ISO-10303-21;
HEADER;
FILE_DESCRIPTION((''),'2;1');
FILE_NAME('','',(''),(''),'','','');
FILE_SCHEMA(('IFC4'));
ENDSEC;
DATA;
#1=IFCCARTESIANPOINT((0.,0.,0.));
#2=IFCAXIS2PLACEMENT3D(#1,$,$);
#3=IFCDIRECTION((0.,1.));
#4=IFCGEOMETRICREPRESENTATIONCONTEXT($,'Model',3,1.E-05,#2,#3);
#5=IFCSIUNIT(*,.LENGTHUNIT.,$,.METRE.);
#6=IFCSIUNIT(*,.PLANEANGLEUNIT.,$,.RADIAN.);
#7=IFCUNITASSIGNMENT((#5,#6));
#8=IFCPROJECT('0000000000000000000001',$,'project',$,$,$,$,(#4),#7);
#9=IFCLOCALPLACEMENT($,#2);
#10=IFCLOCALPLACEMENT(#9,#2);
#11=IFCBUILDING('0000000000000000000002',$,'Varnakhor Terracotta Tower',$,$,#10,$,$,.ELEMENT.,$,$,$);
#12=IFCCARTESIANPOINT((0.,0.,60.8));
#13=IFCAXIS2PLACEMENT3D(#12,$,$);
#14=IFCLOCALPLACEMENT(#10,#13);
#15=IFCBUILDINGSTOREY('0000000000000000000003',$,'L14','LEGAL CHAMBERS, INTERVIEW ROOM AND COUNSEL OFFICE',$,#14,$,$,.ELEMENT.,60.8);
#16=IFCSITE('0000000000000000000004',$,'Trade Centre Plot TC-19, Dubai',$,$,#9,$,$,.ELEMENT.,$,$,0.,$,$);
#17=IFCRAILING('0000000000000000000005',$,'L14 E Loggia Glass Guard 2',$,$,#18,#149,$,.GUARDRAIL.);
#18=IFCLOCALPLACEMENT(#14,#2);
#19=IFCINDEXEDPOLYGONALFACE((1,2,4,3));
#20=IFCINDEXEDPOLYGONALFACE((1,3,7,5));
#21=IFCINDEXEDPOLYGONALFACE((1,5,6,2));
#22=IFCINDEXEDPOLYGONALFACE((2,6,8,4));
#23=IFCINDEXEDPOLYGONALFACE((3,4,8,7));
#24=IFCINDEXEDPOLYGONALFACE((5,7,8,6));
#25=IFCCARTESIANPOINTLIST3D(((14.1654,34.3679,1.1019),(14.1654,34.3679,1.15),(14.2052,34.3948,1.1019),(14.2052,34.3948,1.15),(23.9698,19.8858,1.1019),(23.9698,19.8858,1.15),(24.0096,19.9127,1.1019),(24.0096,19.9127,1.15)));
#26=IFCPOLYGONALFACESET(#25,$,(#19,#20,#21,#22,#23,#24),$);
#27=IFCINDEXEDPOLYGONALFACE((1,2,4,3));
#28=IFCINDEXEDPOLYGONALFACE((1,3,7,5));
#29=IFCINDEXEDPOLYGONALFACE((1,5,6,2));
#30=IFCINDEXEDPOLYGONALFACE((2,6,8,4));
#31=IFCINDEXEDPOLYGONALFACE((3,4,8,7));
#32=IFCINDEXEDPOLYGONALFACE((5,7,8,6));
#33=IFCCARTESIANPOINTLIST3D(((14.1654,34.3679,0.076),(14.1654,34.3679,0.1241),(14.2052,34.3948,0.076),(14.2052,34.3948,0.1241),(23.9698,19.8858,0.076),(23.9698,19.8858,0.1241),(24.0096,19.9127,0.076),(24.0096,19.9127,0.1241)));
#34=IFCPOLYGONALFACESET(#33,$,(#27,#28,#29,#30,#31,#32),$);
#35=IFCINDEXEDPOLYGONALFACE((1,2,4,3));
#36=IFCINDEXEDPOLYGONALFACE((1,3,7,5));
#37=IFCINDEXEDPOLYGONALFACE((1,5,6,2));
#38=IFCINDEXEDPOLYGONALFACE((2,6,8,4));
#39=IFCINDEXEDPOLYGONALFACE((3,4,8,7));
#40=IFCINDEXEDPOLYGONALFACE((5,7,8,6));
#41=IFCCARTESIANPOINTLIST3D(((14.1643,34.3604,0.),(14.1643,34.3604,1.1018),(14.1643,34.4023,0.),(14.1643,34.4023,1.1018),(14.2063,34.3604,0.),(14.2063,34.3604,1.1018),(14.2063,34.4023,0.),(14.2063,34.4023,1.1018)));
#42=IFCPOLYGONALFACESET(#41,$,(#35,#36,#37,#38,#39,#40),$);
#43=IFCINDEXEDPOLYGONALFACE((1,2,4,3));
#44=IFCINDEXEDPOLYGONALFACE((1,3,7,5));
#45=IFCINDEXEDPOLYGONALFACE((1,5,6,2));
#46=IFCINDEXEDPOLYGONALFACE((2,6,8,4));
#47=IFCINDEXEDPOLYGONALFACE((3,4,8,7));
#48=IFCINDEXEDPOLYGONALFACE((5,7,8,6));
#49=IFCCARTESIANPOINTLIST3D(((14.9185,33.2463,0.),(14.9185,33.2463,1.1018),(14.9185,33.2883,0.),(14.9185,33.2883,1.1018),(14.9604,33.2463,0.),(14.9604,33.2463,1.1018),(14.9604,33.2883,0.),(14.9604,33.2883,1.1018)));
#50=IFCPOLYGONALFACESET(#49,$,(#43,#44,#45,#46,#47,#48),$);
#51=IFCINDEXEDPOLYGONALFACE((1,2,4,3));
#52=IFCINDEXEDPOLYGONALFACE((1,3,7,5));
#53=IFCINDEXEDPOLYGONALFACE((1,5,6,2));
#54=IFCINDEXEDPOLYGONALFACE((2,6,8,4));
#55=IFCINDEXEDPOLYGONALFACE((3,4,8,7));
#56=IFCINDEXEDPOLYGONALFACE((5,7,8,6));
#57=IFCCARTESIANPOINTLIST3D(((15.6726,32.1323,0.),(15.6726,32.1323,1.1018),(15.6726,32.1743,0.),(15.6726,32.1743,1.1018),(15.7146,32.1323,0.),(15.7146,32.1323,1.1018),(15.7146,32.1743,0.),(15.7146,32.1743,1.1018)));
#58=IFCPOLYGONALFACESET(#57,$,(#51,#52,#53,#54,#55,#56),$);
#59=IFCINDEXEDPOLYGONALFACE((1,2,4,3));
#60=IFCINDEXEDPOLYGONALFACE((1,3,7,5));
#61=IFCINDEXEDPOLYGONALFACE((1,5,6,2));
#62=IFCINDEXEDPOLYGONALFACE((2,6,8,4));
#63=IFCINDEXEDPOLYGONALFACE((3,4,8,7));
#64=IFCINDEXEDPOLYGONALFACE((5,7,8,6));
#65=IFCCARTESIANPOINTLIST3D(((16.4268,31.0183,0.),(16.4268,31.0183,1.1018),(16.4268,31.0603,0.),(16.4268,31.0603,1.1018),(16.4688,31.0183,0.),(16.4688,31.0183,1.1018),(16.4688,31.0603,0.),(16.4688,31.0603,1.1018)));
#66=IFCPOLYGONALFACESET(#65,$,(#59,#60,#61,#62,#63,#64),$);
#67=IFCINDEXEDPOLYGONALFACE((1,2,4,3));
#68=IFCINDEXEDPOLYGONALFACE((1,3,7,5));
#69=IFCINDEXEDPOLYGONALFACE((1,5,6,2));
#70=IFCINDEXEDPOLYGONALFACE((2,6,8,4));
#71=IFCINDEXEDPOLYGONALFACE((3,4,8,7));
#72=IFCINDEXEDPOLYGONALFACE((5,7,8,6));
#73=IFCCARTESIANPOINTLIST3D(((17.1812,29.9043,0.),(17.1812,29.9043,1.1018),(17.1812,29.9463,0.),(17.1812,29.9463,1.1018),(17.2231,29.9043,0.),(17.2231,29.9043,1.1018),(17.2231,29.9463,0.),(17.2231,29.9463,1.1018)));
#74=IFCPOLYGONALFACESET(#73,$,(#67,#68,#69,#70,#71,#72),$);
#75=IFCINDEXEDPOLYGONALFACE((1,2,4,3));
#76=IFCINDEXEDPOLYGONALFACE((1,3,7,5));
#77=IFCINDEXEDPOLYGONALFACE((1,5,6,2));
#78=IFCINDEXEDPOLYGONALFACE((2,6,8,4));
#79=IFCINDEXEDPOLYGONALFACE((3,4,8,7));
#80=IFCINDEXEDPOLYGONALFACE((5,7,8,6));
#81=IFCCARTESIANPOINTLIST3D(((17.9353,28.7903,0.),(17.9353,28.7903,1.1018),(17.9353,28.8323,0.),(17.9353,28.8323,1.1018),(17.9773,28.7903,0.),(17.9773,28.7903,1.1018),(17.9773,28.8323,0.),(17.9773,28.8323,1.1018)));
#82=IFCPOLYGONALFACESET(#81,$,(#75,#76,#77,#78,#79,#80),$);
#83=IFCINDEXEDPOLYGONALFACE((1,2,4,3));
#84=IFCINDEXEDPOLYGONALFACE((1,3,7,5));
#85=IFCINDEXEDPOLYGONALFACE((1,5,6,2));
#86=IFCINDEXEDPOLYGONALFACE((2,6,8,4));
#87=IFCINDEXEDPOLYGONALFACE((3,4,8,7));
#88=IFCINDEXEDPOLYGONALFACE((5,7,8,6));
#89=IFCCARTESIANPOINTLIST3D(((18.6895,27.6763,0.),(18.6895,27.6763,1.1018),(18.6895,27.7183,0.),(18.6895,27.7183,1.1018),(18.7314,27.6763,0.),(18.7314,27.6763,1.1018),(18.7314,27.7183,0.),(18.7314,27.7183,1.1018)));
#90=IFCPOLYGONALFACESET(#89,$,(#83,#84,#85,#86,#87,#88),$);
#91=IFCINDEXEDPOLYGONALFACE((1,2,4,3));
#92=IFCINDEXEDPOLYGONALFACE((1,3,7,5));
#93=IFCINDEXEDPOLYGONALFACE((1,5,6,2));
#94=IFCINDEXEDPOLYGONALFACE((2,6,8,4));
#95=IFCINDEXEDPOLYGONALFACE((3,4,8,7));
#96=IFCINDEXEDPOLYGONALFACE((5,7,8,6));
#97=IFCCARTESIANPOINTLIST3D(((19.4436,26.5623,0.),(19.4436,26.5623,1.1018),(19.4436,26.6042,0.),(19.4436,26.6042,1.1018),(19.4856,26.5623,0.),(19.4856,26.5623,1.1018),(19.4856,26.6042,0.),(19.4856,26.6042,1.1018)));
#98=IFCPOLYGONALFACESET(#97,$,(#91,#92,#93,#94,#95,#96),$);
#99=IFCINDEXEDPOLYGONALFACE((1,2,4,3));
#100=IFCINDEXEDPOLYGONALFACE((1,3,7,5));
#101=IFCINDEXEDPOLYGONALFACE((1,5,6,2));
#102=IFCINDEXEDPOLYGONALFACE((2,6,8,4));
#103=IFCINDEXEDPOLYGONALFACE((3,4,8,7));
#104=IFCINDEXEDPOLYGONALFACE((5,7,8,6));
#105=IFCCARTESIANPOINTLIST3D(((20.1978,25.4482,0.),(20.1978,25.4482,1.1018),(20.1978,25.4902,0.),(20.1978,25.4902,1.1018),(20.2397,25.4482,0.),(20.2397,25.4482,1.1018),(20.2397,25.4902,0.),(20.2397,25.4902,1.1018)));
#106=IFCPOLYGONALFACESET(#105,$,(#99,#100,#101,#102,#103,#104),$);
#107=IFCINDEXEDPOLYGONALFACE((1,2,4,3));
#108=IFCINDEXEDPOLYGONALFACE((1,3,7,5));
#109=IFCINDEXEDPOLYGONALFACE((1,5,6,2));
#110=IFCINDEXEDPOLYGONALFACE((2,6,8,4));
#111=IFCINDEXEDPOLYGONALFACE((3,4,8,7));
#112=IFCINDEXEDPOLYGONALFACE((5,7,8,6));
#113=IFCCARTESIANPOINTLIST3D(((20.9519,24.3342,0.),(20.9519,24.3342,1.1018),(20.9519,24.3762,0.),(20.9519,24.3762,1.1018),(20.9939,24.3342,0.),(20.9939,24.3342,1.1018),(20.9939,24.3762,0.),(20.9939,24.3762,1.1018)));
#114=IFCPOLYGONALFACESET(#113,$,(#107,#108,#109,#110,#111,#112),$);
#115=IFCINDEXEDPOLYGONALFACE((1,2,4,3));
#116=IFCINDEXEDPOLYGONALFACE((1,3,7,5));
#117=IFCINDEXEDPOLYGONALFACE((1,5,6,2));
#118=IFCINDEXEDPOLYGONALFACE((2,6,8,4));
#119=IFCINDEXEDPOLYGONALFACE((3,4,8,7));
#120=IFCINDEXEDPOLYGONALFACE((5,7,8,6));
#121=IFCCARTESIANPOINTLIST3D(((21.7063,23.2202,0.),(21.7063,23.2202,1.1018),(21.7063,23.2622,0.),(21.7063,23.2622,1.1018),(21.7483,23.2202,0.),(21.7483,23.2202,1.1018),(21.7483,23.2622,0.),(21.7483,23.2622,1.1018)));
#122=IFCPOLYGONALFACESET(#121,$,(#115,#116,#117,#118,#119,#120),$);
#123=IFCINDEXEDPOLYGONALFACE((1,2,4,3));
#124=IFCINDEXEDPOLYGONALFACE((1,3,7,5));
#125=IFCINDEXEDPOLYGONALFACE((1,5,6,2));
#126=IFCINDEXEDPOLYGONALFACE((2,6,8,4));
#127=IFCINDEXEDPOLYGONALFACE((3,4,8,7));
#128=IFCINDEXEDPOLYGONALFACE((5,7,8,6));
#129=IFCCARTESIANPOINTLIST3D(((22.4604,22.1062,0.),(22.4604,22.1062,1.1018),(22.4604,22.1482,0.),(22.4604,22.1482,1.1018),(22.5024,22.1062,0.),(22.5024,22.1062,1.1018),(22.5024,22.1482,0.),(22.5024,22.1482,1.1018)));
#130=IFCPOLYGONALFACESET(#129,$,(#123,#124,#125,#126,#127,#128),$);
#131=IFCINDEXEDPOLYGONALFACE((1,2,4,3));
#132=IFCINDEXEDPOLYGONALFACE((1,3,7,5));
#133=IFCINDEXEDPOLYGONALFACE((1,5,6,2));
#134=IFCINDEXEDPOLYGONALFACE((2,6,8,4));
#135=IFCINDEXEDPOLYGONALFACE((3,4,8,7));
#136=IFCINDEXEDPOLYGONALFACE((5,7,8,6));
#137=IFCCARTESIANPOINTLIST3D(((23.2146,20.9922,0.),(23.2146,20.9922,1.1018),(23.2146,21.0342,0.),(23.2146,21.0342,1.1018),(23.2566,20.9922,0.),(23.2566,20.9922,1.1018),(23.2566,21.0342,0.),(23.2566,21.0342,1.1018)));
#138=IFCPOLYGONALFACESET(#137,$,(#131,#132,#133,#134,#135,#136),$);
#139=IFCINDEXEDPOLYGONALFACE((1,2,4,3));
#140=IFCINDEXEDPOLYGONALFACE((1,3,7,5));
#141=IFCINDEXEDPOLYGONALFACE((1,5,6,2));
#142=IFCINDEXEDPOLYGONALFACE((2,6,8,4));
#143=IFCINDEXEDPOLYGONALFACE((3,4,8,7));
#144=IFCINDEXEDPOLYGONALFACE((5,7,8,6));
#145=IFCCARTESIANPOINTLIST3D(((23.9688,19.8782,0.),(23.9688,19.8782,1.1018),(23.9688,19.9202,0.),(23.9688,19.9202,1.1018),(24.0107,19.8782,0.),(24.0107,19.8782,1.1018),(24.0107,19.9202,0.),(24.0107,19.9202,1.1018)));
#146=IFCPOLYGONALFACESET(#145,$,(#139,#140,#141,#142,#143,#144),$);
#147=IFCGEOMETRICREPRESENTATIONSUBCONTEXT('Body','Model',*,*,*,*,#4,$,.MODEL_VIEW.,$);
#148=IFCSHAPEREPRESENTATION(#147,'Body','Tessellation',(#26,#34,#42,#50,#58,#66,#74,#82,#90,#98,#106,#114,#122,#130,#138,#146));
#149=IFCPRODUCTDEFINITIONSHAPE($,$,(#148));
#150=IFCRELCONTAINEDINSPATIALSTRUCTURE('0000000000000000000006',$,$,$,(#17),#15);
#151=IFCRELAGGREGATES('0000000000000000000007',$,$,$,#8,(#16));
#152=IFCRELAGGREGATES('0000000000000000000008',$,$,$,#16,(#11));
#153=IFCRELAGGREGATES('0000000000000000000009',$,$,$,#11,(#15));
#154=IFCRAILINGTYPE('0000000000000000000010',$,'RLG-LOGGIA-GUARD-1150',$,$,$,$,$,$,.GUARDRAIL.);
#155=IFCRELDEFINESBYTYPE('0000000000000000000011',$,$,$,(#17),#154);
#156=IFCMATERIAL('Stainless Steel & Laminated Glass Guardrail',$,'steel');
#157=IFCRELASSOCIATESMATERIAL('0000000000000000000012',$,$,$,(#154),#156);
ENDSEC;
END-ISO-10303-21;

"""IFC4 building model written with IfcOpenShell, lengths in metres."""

from ifc_helpers import new_model, si_unit, direction, frame, origin, origin_2d, place, context, subcontext, project, spatial, rectangle, extrude, material, type_object, element, save


model = new_model("IFC4")

# Units and contexts
model_context = context("Model", 3, precision=1e-05, world=origin(), true_north=direction((0.0, 1.0)))
body_context = subcontext(model_context, "Body", "Model", "MODEL_VIEW")
ifc_project = project(units=[si_unit("LENGTHUNIT", "METRE"), si_unit("PLANEANGLEUNIT", "RADIAN")], contexts=[model_context])

# Site, building, storey
site_placement = place(None, origin())
site = spatial("IfcSite", under=ifc_project, at=site_placement, Name="Trade Centre Plot TC-19, Dubai", CompositionType="ELEMENT", RefElevation=0.0)
building_placement = place(site_placement, origin())
building = spatial("IfcBuilding", under=site, at=building_placement, Name="Varnakhor Terracotta Tower", CompositionType="ELEMENT")
storey_placement = place(building_placement, frame((0.0, 0.0, 60.8)))
storey = spatial("IfcBuildingStorey", under=building, at=storey_placement, Name="L14", Description="LEGAL CHAMBERS, INTERVIEW ROOM AND COUNSEL OFFICE", CompositionType="ELEMENT", Elevation=60.8)

# Railing
ifc_material_1 = material(Name="Stainless Steel & Laminated Glass Guardrail", Category="steel")
railing_type = type_object("IfcRailingType", Name="RLG-LOGGIA-GUARD-1150", PredefinedType="GUARDRAIL", material=ifc_material_1)
railing_1_placement = place(storey_placement, frame((14.1853, 34.3813, 0.0)))
element("IfcRailing", 1, at=railing_1_placement, inside=storey, type_object=railing_type, Name="L14 E Loggia Glass Guard 2", PredefinedType="GUARDRAIL", context=body_context, shape_type="SweptSolid", body=[
    extrude(rectangle(XDim=0.0481, YDim=0.0481, at=origin_2d()), frame((0.0, 0.0, 1.126), z_axis=(0.56061, -0.82808, 0.0), x_axis=(0.82808, 0.56061, 0.0)), (0.0, 0.0, 1.0), 17.4888),
    extrude(rectangle(XDim=0.0481, YDim=0.0481, at=origin_2d()), frame((0.0, 0.0, 0.1001), z_axis=(0.56061, -0.82808, 0.0), x_axis=(0.82808, 0.56061, 0.0)), (0.0, 0.0, 1.0), 17.4888),
    extrude(rectangle(XDim=0.042, YDim=0.042, at=origin_2d()), origin(), (0.0, 0.0, 1.0), 1.1018),
    extrude(rectangle(XDim=0.042, YDim=0.042, at=origin_2d()), frame((0.7542, -1.114, 0.0)), (0.0, 0.0, 1.0), 1.1018),
    extrude(rectangle(XDim=0.042, YDim=0.042, at=origin_2d()), frame((1.5083, -2.228, 0.0)), (0.0, 0.0, 1.0), 1.1018),
    extrude(rectangle(XDim=0.042, YDim=0.042, at=origin_2d()), frame((2.2625, -3.342, 0.0)), (0.0, 0.0, 1.0), 1.1018),
    extrude(rectangle(XDim=0.042, YDim=0.042, at=origin_2d()), frame((3.0168, -4.4561, 0.0)), (0.0, 0.0, 1.0), 1.1018),
    extrude(rectangle(XDim=0.042, YDim=0.042, at=origin_2d()), frame((3.771, -5.5701, 0.0)), (0.0, 0.0, 1.0), 1.1018),
    extrude(rectangle(XDim=0.042, YDim=0.042, at=origin_2d()), frame((4.5251, -6.6841, 0.0)), (0.0, 0.0, 1.0), 1.1018),
    extrude(rectangle(XDim=0.042, YDim=0.042, at=origin_2d()), frame((5.2793, -7.7981, 0.0)), (0.0, 0.0, 1.0), 1.1018),
    extrude(rectangle(XDim=0.042, YDim=0.042, at=origin_2d()), frame((6.0334, -8.9121, 0.0)), (0.0, 0.0, 1.0), 1.1018),
    extrude(rectangle(XDim=0.042, YDim=0.042, at=origin_2d()), frame((6.7876, -10.0261, 0.0)), (0.0, 0.0, 1.0), 1.1018),
    extrude(rectangle(XDim=0.042, YDim=0.042, at=origin_2d()), frame((7.542, -11.1401, 0.0)), (0.0, 0.0, 1.0), 1.1018),
    extrude(rectangle(XDim=0.042, YDim=0.042, at=origin_2d()), frame((8.2961, -12.2542, 0.0)), (0.0, 0.0, 1.0), 1.1018),
    extrude(rectangle(XDim=0.042, YDim=0.042, at=origin_2d()), frame((9.0503, -13.3682, 0.0)), (0.0, 0.0, 1.0), 1.1018),
    extrude(rectangle(XDim=0.042, YDim=0.042, at=origin_2d()), frame((9.8044, -14.4822, 0.0)), (0.0, 0.0, 1.0), 1.1018),
])

save(model, "model.ifc")
